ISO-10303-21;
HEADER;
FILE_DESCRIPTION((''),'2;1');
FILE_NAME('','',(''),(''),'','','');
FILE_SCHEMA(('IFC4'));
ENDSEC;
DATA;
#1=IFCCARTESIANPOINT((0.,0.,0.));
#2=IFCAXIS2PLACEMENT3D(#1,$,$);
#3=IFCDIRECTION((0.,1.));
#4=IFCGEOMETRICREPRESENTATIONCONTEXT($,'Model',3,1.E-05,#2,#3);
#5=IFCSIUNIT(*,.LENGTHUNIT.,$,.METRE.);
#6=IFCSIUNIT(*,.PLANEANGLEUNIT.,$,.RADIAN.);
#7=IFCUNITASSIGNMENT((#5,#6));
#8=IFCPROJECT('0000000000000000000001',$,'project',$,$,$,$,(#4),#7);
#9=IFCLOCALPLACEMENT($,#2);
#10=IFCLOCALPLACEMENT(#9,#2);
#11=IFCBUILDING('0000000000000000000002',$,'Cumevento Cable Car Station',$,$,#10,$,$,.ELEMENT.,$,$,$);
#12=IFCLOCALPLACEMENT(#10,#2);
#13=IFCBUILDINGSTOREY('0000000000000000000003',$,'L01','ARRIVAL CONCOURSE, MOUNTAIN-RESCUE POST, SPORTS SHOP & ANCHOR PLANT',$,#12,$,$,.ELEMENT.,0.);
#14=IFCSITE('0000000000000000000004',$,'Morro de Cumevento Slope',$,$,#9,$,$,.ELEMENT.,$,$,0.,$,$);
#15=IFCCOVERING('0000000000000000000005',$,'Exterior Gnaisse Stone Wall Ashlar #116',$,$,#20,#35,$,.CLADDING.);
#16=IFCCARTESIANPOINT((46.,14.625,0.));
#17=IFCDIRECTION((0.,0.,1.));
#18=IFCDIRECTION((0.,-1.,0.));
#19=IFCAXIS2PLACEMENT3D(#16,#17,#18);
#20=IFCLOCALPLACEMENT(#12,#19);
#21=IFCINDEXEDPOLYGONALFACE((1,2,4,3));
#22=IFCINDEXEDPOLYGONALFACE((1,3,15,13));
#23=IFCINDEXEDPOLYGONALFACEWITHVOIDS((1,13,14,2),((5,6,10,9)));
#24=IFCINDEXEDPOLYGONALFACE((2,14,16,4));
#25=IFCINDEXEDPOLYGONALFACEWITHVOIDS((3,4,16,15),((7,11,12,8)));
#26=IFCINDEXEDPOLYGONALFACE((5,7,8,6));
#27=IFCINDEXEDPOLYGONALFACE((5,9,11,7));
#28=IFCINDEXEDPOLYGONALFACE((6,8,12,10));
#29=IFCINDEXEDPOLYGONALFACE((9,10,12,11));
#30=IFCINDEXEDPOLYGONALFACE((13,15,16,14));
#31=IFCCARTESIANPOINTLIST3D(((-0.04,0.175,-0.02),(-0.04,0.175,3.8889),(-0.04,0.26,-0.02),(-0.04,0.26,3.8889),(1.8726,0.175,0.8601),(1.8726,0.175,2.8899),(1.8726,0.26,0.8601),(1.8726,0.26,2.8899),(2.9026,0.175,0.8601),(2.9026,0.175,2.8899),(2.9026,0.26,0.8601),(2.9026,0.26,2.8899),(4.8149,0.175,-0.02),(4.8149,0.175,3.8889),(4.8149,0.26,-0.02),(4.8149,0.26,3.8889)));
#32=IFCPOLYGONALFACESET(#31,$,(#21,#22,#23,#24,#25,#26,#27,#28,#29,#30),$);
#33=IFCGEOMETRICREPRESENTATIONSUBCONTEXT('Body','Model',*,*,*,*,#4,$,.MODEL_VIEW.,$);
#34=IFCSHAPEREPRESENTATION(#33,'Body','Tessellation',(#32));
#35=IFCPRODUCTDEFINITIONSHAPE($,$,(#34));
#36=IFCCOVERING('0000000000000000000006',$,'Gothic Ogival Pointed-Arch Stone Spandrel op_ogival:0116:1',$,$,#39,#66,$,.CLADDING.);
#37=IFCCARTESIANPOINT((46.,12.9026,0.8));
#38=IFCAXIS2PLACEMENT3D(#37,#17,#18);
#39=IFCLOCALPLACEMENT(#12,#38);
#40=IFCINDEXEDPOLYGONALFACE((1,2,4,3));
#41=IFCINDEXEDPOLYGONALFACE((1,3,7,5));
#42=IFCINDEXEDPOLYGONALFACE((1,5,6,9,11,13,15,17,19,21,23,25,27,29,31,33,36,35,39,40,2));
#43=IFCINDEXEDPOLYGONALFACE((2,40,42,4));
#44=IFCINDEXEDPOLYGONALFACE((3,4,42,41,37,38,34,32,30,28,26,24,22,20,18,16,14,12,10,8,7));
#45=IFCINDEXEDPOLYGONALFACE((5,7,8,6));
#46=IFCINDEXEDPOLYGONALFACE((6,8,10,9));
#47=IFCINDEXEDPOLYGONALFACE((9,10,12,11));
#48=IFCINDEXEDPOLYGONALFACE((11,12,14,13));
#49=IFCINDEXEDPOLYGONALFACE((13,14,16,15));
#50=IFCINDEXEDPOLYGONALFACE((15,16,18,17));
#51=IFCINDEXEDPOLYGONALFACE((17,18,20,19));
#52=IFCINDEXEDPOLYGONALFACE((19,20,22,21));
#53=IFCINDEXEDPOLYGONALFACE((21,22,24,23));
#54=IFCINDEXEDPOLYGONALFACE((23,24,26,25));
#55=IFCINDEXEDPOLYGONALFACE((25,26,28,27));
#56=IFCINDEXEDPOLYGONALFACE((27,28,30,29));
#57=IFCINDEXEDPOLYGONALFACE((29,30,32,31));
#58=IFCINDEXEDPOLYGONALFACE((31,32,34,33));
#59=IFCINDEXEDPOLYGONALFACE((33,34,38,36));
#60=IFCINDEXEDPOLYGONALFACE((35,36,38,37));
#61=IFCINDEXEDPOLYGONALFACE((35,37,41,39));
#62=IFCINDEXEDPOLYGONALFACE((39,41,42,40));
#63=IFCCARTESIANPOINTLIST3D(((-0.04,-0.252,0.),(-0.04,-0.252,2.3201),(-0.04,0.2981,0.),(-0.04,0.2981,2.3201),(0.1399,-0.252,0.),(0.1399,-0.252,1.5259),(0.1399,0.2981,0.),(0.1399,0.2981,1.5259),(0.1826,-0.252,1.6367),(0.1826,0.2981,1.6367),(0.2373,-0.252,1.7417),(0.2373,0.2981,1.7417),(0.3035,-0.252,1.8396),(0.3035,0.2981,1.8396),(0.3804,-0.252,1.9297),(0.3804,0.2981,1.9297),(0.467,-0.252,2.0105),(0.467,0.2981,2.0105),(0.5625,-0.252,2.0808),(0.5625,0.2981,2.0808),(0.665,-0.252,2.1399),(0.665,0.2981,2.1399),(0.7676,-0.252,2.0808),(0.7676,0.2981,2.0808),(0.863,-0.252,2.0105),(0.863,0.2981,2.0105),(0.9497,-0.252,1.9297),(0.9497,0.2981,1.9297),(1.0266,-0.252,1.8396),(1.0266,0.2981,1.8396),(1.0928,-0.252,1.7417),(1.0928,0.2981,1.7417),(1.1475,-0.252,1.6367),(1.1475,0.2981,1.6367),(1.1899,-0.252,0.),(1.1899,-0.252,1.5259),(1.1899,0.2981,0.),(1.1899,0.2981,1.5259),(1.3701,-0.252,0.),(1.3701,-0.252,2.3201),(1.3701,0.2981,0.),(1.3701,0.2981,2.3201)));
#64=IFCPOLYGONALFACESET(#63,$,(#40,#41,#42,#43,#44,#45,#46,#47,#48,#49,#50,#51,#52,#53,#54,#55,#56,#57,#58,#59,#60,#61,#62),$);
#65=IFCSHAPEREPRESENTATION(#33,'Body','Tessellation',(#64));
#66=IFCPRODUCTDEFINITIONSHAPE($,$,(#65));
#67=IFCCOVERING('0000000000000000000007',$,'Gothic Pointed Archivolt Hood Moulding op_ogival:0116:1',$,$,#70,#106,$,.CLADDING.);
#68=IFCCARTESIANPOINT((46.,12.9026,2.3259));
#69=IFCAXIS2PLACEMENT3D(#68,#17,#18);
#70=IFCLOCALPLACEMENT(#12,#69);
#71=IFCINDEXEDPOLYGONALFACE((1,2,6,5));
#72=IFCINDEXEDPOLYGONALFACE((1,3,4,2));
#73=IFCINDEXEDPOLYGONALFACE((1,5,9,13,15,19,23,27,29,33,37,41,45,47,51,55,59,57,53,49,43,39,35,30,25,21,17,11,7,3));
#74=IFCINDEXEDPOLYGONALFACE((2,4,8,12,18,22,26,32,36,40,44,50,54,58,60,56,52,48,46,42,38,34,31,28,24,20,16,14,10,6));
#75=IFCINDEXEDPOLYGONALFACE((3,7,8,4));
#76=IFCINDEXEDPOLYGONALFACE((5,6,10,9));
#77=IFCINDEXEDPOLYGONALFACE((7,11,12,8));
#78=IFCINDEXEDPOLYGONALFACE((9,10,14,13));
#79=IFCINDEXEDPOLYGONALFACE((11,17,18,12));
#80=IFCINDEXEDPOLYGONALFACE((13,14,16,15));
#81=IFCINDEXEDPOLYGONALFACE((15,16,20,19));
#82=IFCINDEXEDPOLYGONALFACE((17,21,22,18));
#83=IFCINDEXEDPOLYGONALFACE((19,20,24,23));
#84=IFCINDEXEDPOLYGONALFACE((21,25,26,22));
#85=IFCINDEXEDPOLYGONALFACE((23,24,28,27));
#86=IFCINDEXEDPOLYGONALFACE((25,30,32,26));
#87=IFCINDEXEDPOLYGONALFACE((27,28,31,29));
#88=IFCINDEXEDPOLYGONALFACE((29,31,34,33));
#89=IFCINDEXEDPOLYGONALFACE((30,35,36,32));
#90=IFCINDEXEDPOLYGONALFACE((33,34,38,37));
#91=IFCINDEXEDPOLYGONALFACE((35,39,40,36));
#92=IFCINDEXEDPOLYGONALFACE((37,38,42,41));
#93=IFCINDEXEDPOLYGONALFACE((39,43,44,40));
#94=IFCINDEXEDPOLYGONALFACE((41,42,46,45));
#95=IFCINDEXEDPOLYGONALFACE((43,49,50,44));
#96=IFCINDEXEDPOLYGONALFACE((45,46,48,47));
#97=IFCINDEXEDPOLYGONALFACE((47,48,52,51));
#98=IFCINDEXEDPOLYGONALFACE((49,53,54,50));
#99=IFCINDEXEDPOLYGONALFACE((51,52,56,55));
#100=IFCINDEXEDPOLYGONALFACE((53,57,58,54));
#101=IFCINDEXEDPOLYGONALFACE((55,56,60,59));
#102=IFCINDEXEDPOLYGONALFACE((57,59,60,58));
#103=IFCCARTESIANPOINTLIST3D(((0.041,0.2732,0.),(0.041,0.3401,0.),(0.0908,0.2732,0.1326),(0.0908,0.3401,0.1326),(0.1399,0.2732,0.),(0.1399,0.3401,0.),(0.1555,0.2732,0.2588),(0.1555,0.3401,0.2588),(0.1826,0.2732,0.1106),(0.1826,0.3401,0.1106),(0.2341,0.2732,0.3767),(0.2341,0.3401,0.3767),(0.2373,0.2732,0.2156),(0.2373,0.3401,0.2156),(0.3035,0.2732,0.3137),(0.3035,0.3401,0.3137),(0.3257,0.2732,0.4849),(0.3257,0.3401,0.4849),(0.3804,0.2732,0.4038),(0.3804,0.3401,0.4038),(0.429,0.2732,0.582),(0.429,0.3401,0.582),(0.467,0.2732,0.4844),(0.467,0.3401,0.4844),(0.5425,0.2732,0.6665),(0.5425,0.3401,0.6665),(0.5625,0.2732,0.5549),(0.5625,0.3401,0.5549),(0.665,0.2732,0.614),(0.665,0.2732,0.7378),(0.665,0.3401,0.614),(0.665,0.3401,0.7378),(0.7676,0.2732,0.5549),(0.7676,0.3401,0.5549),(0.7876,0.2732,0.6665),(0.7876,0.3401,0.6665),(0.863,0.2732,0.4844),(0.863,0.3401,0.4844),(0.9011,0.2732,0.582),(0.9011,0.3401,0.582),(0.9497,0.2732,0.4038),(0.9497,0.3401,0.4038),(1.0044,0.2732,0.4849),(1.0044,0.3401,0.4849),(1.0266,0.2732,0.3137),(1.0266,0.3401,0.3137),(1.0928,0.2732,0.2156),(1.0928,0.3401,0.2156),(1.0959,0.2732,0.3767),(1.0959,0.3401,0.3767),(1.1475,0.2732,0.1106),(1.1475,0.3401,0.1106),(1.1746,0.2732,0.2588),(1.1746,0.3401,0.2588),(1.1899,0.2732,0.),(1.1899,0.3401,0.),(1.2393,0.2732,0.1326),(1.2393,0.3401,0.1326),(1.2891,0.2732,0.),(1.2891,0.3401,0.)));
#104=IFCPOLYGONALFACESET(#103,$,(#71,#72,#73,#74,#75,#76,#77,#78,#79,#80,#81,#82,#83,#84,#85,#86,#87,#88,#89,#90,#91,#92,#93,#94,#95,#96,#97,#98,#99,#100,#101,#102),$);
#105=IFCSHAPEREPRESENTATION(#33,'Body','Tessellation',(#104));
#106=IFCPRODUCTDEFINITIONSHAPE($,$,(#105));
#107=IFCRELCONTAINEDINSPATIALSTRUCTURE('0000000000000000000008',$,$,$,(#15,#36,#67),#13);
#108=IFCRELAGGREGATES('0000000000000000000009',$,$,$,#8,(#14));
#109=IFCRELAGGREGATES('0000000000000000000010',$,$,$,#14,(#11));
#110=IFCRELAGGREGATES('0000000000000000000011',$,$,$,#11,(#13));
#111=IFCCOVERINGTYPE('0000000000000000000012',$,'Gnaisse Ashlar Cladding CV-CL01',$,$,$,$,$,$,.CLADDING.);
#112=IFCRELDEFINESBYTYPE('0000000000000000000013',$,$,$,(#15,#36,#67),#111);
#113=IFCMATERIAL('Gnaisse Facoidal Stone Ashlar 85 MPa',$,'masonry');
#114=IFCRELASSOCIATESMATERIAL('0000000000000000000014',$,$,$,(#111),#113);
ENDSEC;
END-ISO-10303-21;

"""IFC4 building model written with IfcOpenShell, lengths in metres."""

from ifc_helpers import new_model, si_unit, direction, frame, origin, place, context, subcontext, project, spatial, polyline, outline, extrude, material, type_object, element, save


model = new_model("IFC4")

# Units and contexts
model_context = context("Model", 3, precision=1e-05, world=origin(), true_north=direction((0.0, 1.0)))
body_context = subcontext(model_context, "Body", "Model", "MODEL_VIEW")
ifc_project = project(units=[si_unit("LENGTHUNIT", "METRE"), si_unit("PLANEANGLEUNIT", "RADIAN")], contexts=[model_context])

# Site, building, storey
site_placement = place(None, origin())
site = spatial("IfcSite", under=ifc_project, at=site_placement, Name="Morro de Cumevento Slope", CompositionType="ELEMENT", RefElevation=0.0)
building_placement = place(site_placement, origin())
building = spatial("IfcBuilding", under=site, at=building_placement, Name="Cumevento Cable Car Station", CompositionType="ELEMENT")
storey_placement = place(building_placement, origin())
storey = spatial("IfcBuildingStorey", under=building, at=storey_placement, Name="L01", Description="ARRIVAL CONCOURSE, MOUNTAIN-RESCUE POST, SPORTS SHOP & ANCHOR PLANT", CompositionType="ELEMENT", Elevation=0.0)

# Coverings
ifc_material_1 = material(Name="Gnaisse Facoidal Stone Ashlar 85 MPa", Category="masonry")
covering_type = type_object("IfcCoveringType", Name="Gnaisse Ashlar Cladding CV-CL01", PredefinedType="CLADDING", material=ifc_material_1)
covering_1_placement = place(storey_placement, frame((46.0, 14.625, 0.0), z_axis=(0.0, 0.0, 1.0), x_axis=(0.0, -1.0, 0.0)))
element("IfcCovering", 1, at=covering_1_placement, inside=storey, type_object=covering_type, Name="Exterior Gnaisse Stone Wall Ashlar #116", PredefinedType="CLADDING", context=body_context, shape_type="SweptSolid", body=[
    extrude(outline(polyline([(-0.04, -0.02), (4.8149, -0.02), (4.8149, 3.8889), (-0.04, 3.8889), (-0.04, -0.02)]), holes=[polyline([(1.8726, 0.8601), (2.9026, 0.8601), (2.9026, 2.8899), (1.8726, 2.8899), (1.8726, 0.8601)])]), frame((0.0, 0.26, 0.0), z_axis=(0.0, -1.0, 0.0), x_axis=(1.0, 0.0, 0.0)), (0.0, 0.0, 1.0), 0.085),
])
covering_2_placement = place(storey_placement, frame((46.0, 12.9026, 0.8), z_axis=(0.0, 0.0, 1.0), x_axis=(0.0, -1.0, 0.0)))
element("IfcCovering", 2, at=covering_2_placement, inside=storey, type_object=covering_type, Name="Gothic Ogival Pointed-Arch Stone Spandrel op_ogival:0116:1", PredefinedType="CLADDING", context=body_context, shape_type="SweptSolid", body=[
    extrude(outline(polyline([(-0.04, 0.0), (-0.04, 2.3201), (1.3701, 2.3201), (1.3701, 0.0), (1.1899, 0.0), (1.1899, 1.5259), (1.1475, 1.6367), (1.0928, 1.7417), (1.0266, 1.8396), (0.9497, 1.9297), (0.863, 2.0105), (0.7676, 2.0808), (0.665, 2.1399), (0.5625, 2.0808), (0.467, 2.0105), (0.3804, 1.9297), (0.3035, 1.8396), (0.2373, 1.7417), (0.1826, 1.6367), (0.1399, 1.5259), (0.1399, 0.0), (-0.04, 0.0)])), frame((0.0, 0.2981, 0.0), z_axis=(0.0, -1.0, 0.0), x_axis=(1.0, 0.0, 0.0)), (0.0, 0.0, 1.0), 0.55),
])
covering_3_placement = place(storey_placement, frame((46.0, 12.9026, 2.3259), z_axis=(0.0, 0.0, 1.0), x_axis=(0.0, -1.0, 0.0)))
element("IfcCovering", 3, at=covering_3_placement, inside=storey, type_object=covering_type, Name="Gothic Pointed Archivolt Hood Moulding op_ogival:0116:1", PredefinedType="CLADDING", context=body_context, shape_type="SweptSolid", body=[
    extrude(outline(polyline([(0.1399, 0.0), (0.1826, 0.1106), (0.2373, 0.2156), (0.3035, 0.3137), (0.3804, 0.4038), (0.467, 0.4844), (0.5625, 0.5549), (0.665, 0.614), (0.7676, 0.5549), (0.863, 0.4844), (0.9497, 0.4038), (1.0266, 0.3137), (1.0928, 0.2156), (1.1475, 0.1106), (1.1899, 0.0), (1.2891, 0.0), (1.2393, 0.1326), (1.1746, 0.2588), (1.0959, 0.3767), (1.0044, 0.4849), (0.9011, 0.582), (0.7876, 0.6665), (0.665, 0.7378), (0.5425, 0.6665), (0.429, 0.582), (0.3257, 0.4849), (0.2341, 0.3767), (0.1555, 0.2588), (0.0908, 0.1326), (0.041, 0.0), (0.1399, 0.0)])), frame((0.0, 0.3401, 0.0), z_axis=(0.0, -1.0, 0.0), x_axis=(1.0, 0.0, 0.0)), (0.0, 0.0, 1.0), 0.0669),
])

save(model, "model.ifc")
